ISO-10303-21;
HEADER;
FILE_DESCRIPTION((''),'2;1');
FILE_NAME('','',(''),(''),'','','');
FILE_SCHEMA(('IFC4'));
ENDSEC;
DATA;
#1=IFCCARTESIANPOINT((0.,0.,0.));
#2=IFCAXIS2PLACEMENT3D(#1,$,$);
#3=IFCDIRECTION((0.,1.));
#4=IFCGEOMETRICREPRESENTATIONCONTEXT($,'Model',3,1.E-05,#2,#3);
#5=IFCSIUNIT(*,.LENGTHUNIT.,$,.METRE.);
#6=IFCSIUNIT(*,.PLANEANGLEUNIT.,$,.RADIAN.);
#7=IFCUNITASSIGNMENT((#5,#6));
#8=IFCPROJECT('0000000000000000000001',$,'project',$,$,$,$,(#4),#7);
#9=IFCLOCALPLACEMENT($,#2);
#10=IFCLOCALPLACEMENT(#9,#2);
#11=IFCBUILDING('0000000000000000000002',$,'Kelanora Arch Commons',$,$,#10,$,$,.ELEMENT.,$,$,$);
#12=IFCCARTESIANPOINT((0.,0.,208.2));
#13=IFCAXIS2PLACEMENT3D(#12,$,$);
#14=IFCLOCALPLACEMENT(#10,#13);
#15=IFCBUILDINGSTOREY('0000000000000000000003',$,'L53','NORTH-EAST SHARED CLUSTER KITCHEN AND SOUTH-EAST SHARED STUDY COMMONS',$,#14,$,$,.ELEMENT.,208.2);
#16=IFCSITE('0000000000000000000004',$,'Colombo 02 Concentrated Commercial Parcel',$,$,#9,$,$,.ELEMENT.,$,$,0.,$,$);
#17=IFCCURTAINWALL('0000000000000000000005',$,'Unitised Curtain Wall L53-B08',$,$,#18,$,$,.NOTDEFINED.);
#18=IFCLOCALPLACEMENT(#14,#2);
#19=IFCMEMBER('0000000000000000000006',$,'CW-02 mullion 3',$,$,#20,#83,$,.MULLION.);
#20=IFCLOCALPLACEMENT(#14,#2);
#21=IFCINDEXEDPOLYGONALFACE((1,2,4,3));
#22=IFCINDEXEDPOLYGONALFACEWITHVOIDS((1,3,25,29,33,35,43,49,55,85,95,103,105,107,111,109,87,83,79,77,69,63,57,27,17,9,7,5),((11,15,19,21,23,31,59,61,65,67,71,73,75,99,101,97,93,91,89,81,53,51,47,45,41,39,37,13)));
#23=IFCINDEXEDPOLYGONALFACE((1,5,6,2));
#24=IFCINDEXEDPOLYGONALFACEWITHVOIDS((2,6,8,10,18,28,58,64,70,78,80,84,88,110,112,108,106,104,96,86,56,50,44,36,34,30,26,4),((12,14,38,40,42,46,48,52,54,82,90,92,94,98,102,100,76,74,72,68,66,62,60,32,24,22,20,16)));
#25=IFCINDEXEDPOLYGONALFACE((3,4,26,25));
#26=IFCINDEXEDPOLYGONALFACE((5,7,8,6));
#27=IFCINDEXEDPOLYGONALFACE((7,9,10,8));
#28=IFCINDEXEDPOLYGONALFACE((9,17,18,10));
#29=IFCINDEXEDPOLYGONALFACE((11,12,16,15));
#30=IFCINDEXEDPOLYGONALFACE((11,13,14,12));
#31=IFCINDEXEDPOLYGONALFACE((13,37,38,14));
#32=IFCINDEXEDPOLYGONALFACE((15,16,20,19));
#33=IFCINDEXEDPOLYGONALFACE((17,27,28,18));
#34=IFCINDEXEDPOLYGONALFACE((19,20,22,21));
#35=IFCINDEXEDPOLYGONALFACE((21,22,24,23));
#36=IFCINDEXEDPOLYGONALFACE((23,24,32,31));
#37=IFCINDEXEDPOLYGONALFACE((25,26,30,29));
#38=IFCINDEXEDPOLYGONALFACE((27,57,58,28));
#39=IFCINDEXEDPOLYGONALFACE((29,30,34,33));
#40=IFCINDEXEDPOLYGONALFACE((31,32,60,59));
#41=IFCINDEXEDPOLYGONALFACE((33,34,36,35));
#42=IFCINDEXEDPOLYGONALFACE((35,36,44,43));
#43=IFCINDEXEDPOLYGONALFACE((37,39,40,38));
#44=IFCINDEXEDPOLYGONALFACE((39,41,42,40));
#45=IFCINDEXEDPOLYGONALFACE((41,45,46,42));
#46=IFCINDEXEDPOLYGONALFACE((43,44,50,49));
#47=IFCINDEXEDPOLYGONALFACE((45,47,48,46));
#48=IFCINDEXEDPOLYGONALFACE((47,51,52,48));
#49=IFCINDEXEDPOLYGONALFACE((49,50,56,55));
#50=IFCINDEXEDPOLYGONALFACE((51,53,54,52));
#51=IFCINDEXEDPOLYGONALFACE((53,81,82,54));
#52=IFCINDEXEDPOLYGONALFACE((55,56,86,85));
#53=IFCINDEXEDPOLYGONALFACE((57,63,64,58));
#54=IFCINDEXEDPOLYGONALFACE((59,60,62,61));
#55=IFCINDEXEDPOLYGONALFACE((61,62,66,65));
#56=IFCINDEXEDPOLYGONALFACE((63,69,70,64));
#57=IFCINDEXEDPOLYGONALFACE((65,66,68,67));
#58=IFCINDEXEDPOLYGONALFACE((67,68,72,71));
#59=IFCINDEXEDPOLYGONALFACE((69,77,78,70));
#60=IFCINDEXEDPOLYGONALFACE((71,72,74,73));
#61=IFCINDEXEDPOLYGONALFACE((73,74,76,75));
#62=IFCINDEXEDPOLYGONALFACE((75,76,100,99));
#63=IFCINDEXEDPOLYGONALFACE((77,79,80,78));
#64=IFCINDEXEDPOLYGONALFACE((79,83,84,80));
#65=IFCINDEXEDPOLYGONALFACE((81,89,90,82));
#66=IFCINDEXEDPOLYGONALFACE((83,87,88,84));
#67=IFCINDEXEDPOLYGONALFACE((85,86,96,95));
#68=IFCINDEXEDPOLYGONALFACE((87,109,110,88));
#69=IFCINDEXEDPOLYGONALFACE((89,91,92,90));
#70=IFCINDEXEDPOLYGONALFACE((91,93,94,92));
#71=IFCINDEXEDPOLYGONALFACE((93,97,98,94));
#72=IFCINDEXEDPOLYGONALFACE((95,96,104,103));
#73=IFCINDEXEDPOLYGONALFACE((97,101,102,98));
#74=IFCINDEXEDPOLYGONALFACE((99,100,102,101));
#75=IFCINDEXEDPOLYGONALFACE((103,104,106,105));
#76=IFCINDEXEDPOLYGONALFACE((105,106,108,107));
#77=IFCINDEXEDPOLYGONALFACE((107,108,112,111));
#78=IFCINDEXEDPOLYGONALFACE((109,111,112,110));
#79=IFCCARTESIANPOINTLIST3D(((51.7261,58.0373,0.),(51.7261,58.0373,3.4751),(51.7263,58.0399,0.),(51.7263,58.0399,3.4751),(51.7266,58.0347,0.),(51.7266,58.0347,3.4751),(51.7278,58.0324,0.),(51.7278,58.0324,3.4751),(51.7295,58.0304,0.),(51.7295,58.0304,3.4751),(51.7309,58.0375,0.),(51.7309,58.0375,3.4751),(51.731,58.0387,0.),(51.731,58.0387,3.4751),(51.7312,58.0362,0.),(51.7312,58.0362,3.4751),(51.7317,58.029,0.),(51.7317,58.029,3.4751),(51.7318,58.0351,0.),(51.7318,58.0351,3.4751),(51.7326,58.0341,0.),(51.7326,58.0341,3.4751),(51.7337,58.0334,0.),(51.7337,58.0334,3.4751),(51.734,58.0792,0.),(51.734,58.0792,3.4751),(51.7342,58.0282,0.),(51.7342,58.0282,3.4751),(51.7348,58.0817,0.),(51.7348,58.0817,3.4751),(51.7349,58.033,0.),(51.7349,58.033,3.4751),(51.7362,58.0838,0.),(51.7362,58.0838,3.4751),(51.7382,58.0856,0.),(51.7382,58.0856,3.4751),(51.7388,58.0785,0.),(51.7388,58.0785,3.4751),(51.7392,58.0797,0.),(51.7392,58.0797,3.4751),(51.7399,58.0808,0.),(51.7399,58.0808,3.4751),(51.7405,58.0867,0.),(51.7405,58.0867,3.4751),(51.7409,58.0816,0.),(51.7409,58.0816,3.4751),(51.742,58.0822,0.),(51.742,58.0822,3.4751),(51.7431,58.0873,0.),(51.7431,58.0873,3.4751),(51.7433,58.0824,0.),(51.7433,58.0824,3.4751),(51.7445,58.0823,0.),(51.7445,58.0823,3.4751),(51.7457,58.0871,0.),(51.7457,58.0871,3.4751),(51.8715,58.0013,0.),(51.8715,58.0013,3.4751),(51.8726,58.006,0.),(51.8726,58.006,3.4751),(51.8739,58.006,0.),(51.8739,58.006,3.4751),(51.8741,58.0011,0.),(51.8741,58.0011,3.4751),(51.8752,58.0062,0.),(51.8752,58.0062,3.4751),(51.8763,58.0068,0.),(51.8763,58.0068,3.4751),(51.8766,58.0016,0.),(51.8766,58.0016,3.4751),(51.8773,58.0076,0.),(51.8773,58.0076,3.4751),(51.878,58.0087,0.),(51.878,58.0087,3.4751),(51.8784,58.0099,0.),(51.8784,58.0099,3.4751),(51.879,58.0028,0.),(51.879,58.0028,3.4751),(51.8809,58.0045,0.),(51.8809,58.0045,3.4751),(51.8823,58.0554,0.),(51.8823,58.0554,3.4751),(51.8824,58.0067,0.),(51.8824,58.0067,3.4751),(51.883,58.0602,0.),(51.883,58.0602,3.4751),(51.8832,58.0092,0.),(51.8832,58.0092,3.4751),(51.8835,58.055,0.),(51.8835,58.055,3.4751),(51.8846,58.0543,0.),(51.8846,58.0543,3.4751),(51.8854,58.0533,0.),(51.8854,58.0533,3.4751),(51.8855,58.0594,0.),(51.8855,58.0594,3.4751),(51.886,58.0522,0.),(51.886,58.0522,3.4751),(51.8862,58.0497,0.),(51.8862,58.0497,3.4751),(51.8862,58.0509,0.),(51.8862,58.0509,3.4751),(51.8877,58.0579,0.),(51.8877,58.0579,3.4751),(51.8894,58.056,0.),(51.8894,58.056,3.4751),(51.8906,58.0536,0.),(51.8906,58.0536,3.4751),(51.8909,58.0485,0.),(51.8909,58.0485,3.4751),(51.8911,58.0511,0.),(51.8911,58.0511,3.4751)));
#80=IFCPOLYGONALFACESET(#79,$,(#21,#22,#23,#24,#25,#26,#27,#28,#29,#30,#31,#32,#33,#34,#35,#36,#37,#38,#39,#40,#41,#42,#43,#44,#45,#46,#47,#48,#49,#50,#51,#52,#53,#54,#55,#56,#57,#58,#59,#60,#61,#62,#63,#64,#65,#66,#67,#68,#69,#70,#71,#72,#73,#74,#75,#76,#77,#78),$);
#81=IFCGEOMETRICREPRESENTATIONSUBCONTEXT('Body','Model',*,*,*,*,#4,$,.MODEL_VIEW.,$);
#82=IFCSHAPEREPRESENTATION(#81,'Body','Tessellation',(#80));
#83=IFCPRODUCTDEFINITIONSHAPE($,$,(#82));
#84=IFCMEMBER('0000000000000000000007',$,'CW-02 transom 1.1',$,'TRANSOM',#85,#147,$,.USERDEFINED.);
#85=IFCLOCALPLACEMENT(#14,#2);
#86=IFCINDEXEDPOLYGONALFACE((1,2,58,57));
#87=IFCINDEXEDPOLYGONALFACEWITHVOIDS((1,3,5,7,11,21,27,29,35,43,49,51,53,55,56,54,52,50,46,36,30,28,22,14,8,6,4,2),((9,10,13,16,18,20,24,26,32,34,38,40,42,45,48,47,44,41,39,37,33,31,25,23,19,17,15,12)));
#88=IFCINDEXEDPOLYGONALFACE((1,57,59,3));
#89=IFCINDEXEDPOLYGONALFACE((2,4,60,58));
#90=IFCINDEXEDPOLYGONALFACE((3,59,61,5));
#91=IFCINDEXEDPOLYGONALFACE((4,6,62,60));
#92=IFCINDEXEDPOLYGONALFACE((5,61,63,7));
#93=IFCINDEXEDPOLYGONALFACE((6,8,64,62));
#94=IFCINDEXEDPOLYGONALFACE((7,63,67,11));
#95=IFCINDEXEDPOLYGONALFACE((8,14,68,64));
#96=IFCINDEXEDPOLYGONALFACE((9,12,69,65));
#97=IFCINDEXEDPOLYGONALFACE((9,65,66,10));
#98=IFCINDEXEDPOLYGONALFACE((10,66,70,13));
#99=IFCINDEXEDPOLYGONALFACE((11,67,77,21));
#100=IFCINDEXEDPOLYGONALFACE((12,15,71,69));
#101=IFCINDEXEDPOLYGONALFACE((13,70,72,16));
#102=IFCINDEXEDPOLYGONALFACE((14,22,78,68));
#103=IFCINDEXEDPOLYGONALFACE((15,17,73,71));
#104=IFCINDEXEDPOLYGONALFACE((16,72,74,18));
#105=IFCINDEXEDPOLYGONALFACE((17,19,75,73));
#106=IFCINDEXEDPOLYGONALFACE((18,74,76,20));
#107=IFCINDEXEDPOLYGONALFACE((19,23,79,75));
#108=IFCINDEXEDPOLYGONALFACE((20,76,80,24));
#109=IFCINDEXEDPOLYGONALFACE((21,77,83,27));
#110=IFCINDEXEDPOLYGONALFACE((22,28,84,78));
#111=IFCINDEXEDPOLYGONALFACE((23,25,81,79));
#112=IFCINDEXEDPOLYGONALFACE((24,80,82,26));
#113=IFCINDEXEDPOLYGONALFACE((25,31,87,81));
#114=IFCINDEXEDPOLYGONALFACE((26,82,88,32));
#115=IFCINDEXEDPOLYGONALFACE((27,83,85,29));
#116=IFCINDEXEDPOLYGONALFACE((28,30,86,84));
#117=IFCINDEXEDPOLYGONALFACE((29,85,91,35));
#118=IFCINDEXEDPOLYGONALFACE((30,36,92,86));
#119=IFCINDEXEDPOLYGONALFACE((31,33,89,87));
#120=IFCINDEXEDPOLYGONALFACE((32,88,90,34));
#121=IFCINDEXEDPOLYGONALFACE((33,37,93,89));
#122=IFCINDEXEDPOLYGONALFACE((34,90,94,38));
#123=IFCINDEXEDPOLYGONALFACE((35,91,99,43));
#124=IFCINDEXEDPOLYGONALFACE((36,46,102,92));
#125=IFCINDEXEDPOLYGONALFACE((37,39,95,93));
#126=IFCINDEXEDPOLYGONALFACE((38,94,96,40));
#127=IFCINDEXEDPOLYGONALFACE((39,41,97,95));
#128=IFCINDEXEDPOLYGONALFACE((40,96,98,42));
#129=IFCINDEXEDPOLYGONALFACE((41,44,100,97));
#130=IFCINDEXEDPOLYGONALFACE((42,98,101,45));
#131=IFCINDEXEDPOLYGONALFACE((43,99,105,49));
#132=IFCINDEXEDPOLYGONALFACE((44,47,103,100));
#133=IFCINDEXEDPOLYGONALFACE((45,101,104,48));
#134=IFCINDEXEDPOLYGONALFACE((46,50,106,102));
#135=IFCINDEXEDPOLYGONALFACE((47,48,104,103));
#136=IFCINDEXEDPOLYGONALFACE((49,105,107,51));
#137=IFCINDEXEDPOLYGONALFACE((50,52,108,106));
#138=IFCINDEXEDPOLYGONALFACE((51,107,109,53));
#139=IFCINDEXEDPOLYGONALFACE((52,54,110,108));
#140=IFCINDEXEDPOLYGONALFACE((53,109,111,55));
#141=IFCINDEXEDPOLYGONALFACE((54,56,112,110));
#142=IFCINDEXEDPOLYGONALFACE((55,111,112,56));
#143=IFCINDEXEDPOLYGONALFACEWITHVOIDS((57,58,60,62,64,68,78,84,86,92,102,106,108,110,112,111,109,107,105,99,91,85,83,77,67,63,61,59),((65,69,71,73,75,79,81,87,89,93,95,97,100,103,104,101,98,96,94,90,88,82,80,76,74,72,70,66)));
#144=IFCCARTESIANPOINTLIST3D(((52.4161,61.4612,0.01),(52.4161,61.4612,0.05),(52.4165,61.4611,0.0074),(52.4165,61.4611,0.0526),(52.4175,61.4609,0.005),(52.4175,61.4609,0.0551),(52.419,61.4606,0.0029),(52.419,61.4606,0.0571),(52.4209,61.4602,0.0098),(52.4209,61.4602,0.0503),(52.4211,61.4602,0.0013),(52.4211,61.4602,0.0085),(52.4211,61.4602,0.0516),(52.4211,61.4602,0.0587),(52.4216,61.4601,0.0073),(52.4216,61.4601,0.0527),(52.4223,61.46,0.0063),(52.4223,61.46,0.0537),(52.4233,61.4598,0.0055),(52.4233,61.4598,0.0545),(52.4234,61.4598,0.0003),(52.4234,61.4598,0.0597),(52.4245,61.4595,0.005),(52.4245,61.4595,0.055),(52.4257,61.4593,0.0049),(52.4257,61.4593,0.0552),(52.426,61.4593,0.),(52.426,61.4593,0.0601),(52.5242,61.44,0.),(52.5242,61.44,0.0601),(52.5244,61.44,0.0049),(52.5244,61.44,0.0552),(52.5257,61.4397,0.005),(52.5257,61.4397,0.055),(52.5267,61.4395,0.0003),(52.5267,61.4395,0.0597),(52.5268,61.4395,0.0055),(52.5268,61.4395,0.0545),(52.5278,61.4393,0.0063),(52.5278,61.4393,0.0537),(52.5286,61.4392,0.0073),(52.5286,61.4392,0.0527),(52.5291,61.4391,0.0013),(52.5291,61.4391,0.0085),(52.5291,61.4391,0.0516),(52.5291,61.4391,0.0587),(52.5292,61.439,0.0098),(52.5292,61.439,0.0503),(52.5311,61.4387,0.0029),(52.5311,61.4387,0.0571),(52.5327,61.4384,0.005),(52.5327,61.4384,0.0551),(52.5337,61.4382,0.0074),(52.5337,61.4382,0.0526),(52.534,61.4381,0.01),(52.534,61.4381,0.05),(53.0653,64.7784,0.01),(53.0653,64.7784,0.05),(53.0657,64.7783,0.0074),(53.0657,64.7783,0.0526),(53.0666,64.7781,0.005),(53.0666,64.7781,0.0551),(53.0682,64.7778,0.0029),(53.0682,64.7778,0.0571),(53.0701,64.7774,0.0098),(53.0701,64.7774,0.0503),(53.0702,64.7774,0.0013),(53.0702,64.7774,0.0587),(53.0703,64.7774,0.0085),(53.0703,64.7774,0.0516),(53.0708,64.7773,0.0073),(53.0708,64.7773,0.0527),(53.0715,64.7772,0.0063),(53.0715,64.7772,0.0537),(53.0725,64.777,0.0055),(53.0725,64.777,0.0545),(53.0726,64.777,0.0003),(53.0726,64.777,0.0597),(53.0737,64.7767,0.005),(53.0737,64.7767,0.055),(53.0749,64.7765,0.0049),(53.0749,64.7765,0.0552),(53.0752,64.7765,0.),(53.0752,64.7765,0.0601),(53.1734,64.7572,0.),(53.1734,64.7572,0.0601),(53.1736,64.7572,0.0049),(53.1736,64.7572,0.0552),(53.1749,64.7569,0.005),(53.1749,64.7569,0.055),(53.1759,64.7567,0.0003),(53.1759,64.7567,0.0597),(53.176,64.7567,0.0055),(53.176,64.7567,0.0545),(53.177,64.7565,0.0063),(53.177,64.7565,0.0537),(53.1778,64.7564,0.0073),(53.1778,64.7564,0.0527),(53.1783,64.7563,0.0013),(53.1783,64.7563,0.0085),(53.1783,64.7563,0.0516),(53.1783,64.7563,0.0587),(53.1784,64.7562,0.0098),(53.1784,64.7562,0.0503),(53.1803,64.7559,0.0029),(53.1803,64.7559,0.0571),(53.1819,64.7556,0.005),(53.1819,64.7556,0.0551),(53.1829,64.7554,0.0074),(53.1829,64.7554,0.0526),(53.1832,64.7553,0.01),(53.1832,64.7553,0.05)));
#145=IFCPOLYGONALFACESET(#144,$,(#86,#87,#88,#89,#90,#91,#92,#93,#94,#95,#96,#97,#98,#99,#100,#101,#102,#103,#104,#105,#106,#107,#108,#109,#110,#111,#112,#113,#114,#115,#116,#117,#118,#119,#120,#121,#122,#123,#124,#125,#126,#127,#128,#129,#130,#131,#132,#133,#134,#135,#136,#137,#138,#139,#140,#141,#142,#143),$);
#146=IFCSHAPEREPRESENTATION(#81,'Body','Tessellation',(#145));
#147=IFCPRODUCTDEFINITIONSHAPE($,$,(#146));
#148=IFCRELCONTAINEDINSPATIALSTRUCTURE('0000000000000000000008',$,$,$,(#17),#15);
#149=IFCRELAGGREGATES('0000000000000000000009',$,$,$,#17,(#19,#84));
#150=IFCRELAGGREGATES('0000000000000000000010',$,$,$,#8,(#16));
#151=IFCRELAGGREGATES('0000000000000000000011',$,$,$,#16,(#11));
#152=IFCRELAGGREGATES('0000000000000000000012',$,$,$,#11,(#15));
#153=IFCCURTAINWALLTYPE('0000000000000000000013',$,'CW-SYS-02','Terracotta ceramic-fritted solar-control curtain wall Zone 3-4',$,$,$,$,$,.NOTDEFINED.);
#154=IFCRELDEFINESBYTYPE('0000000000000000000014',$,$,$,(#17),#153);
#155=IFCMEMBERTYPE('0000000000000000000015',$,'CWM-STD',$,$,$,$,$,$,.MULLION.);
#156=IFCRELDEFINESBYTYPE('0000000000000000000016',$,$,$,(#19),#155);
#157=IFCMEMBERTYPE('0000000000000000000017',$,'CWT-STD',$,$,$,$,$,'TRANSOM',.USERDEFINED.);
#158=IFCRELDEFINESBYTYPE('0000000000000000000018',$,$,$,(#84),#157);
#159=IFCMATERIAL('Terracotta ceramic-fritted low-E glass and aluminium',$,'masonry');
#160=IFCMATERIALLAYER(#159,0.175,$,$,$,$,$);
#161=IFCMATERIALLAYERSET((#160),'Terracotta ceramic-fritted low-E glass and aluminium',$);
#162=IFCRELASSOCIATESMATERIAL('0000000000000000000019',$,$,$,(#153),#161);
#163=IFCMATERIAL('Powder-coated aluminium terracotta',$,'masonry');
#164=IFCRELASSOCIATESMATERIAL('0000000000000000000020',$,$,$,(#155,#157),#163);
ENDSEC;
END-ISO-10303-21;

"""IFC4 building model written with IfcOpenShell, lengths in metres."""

from ifc_helpers import new_model, si_unit, direction, frame, origin, origin_2d, place, context, subcontext, project, spatial, hollow_rectangle, extrude, material, layer, layer_set, material_profile, profile_set, type_object, element, aggregate, save


model = new_model("IFC4")

# Units and contexts
model_context = context("Model", 3, precision=1e-05, world=origin(), true_north=direction((0.0, 1.0)))
body_context = subcontext(model_context, "Body", "Model", "MODEL_VIEW")
ifc_project = project(units=[si_unit("LENGTHUNIT", "METRE"), si_unit("PLANEANGLEUNIT", "RADIAN")], contexts=[model_context])

# Site, building, storey
site_placement = place(None, origin())
site = spatial("IfcSite", under=ifc_project, at=site_placement, Name="Colombo 02 Concentrated Commercial Parcel", CompositionType="ELEMENT", RefElevation=0.0)
building_placement = place(site_placement, origin())
building = spatial("IfcBuilding", under=site, at=building_placement, Name="Kelanora Arch Commons", CompositionType="ELEMENT")
storey_placement = place(building_placement, frame((0.0, 0.0, 208.2)))
storey = spatial("IfcBuildingStorey", under=building, at=storey_placement, Name="L53", Description="NORTH-EAST SHARED CLUSTER KITCHEN AND SOUTH-EAST SHARED STUDY COMMONS", CompositionType="ELEMENT", Elevation=208.2)

# Curtain wall, members
ifc_material_1 = material(Name="Terracotta ceramic-fritted low-E glass and aluminium", Category="masonry")
ifc_layer_1 = layer(ifc_material_1, 0.175)
ifc_layer_set_1 = layer_set([ifc_layer_1], Name="Terracotta ceramic-fritted low-E glass and aluminium")
curtain_wall_type = type_object("IfcCurtainWallType", Name="CW-SYS-02", Description="Terracotta ceramic-fritted solar-control curtain wall Zone 3-4", PredefinedType="NOTDEFINED", material=ifc_layer_set_1)
curtain_wall_placement = place(storey_placement, origin())
curtain_wall = element("IfcCurtainWall", 1, at=curtain_wall_placement, inside=storey, type_object=curtain_wall_type, Name="Unitised Curtain Wall L53-B08", PredefinedType="NOTDEFINED")
ifc_material_2 = material(Name="Powder-coated aluminium terracotta", Category="masonry")
ifc_material_profile_1 = material_profile(ifc_material_2, hollow_rectangle(XDim=0.1599, YDim=0.0601, WallThickness=0.0049, InnerFilletRadius=0.0049, OuterFilletRadius=0.01, at=origin_2d()), Name="CWM160x60")
ifc_profile_set_1 = profile_set([ifc_material_profile_1], Name="Powder-coated aluminium terracotta")
member_type_1 = type_object("IfcMemberType", Name="CWM-STD", PredefinedType="MULLION", material=ifc_profile_set_1)
member_1_placement = place(storey_placement, frame((51.8086, 58.0442, 0.0), z_axis=(0.0, 0.0, 1.0), x_axis=(0.981381, -0.192069, 0.0)))
member_1 = element("IfcMember", 2, at=member_1_placement, type_object=member_type_1, Name="CW-02 mullion 3", PredefinedType="MULLION", context=body_context, shape_type="SweptSolid", body=[
    extrude(hollow_rectangle(XDim=0.1599, YDim=0.0601, WallThickness=0.0049, InnerFilletRadius=0.0049, OuterFilletRadius=0.01, at=origin_2d()), origin(), (0.0, 0.0, 1.0), 3.4751),
])
ifc_material_profile_2 = material_profile(ifc_material_2, hollow_rectangle(XDim=0.1201, YDim=0.0601, WallThickness=0.0049, InnerFilletRadius=0.0049, OuterFilletRadius=0.01, at=origin_2d()), Name="CWT120x60")
ifc_profile_set_2 = profile_set([ifc_material_profile_2], Name="Powder-coated aluminium terracotta")
member_type_2 = type_object("IfcMemberType", Name="CWT-STD", ElementType="TRANSOM", PredefinedType="USERDEFINED", material=ifc_profile_set_2)
member_2_placement = place(storey_placement, frame((53.1243, 64.7668, 0.03), z_axis=(-0.192058, -0.981383, 0.0), x_axis=(0.981383, -0.192058, 0.0)))
member_2 = element("IfcMember", 3, at=member_2_placement, type_object=member_type_2, Name="CW-02 transom 1.1", ObjectType="TRANSOM", PredefinedType="USERDEFINED", context=body_context, shape_type="SweptSolid", body=[
    extrude(hollow_rectangle(XDim=0.1201, YDim=0.0601, WallThickness=0.0049, InnerFilletRadius=0.0049, OuterFilletRadius=0.01, at=origin_2d()), origin(), (0.0, 0.0, 1.0), 3.3801),
])
aggregate(curtain_wall, [member_1, member_2])

save(model, "model.ifc")
